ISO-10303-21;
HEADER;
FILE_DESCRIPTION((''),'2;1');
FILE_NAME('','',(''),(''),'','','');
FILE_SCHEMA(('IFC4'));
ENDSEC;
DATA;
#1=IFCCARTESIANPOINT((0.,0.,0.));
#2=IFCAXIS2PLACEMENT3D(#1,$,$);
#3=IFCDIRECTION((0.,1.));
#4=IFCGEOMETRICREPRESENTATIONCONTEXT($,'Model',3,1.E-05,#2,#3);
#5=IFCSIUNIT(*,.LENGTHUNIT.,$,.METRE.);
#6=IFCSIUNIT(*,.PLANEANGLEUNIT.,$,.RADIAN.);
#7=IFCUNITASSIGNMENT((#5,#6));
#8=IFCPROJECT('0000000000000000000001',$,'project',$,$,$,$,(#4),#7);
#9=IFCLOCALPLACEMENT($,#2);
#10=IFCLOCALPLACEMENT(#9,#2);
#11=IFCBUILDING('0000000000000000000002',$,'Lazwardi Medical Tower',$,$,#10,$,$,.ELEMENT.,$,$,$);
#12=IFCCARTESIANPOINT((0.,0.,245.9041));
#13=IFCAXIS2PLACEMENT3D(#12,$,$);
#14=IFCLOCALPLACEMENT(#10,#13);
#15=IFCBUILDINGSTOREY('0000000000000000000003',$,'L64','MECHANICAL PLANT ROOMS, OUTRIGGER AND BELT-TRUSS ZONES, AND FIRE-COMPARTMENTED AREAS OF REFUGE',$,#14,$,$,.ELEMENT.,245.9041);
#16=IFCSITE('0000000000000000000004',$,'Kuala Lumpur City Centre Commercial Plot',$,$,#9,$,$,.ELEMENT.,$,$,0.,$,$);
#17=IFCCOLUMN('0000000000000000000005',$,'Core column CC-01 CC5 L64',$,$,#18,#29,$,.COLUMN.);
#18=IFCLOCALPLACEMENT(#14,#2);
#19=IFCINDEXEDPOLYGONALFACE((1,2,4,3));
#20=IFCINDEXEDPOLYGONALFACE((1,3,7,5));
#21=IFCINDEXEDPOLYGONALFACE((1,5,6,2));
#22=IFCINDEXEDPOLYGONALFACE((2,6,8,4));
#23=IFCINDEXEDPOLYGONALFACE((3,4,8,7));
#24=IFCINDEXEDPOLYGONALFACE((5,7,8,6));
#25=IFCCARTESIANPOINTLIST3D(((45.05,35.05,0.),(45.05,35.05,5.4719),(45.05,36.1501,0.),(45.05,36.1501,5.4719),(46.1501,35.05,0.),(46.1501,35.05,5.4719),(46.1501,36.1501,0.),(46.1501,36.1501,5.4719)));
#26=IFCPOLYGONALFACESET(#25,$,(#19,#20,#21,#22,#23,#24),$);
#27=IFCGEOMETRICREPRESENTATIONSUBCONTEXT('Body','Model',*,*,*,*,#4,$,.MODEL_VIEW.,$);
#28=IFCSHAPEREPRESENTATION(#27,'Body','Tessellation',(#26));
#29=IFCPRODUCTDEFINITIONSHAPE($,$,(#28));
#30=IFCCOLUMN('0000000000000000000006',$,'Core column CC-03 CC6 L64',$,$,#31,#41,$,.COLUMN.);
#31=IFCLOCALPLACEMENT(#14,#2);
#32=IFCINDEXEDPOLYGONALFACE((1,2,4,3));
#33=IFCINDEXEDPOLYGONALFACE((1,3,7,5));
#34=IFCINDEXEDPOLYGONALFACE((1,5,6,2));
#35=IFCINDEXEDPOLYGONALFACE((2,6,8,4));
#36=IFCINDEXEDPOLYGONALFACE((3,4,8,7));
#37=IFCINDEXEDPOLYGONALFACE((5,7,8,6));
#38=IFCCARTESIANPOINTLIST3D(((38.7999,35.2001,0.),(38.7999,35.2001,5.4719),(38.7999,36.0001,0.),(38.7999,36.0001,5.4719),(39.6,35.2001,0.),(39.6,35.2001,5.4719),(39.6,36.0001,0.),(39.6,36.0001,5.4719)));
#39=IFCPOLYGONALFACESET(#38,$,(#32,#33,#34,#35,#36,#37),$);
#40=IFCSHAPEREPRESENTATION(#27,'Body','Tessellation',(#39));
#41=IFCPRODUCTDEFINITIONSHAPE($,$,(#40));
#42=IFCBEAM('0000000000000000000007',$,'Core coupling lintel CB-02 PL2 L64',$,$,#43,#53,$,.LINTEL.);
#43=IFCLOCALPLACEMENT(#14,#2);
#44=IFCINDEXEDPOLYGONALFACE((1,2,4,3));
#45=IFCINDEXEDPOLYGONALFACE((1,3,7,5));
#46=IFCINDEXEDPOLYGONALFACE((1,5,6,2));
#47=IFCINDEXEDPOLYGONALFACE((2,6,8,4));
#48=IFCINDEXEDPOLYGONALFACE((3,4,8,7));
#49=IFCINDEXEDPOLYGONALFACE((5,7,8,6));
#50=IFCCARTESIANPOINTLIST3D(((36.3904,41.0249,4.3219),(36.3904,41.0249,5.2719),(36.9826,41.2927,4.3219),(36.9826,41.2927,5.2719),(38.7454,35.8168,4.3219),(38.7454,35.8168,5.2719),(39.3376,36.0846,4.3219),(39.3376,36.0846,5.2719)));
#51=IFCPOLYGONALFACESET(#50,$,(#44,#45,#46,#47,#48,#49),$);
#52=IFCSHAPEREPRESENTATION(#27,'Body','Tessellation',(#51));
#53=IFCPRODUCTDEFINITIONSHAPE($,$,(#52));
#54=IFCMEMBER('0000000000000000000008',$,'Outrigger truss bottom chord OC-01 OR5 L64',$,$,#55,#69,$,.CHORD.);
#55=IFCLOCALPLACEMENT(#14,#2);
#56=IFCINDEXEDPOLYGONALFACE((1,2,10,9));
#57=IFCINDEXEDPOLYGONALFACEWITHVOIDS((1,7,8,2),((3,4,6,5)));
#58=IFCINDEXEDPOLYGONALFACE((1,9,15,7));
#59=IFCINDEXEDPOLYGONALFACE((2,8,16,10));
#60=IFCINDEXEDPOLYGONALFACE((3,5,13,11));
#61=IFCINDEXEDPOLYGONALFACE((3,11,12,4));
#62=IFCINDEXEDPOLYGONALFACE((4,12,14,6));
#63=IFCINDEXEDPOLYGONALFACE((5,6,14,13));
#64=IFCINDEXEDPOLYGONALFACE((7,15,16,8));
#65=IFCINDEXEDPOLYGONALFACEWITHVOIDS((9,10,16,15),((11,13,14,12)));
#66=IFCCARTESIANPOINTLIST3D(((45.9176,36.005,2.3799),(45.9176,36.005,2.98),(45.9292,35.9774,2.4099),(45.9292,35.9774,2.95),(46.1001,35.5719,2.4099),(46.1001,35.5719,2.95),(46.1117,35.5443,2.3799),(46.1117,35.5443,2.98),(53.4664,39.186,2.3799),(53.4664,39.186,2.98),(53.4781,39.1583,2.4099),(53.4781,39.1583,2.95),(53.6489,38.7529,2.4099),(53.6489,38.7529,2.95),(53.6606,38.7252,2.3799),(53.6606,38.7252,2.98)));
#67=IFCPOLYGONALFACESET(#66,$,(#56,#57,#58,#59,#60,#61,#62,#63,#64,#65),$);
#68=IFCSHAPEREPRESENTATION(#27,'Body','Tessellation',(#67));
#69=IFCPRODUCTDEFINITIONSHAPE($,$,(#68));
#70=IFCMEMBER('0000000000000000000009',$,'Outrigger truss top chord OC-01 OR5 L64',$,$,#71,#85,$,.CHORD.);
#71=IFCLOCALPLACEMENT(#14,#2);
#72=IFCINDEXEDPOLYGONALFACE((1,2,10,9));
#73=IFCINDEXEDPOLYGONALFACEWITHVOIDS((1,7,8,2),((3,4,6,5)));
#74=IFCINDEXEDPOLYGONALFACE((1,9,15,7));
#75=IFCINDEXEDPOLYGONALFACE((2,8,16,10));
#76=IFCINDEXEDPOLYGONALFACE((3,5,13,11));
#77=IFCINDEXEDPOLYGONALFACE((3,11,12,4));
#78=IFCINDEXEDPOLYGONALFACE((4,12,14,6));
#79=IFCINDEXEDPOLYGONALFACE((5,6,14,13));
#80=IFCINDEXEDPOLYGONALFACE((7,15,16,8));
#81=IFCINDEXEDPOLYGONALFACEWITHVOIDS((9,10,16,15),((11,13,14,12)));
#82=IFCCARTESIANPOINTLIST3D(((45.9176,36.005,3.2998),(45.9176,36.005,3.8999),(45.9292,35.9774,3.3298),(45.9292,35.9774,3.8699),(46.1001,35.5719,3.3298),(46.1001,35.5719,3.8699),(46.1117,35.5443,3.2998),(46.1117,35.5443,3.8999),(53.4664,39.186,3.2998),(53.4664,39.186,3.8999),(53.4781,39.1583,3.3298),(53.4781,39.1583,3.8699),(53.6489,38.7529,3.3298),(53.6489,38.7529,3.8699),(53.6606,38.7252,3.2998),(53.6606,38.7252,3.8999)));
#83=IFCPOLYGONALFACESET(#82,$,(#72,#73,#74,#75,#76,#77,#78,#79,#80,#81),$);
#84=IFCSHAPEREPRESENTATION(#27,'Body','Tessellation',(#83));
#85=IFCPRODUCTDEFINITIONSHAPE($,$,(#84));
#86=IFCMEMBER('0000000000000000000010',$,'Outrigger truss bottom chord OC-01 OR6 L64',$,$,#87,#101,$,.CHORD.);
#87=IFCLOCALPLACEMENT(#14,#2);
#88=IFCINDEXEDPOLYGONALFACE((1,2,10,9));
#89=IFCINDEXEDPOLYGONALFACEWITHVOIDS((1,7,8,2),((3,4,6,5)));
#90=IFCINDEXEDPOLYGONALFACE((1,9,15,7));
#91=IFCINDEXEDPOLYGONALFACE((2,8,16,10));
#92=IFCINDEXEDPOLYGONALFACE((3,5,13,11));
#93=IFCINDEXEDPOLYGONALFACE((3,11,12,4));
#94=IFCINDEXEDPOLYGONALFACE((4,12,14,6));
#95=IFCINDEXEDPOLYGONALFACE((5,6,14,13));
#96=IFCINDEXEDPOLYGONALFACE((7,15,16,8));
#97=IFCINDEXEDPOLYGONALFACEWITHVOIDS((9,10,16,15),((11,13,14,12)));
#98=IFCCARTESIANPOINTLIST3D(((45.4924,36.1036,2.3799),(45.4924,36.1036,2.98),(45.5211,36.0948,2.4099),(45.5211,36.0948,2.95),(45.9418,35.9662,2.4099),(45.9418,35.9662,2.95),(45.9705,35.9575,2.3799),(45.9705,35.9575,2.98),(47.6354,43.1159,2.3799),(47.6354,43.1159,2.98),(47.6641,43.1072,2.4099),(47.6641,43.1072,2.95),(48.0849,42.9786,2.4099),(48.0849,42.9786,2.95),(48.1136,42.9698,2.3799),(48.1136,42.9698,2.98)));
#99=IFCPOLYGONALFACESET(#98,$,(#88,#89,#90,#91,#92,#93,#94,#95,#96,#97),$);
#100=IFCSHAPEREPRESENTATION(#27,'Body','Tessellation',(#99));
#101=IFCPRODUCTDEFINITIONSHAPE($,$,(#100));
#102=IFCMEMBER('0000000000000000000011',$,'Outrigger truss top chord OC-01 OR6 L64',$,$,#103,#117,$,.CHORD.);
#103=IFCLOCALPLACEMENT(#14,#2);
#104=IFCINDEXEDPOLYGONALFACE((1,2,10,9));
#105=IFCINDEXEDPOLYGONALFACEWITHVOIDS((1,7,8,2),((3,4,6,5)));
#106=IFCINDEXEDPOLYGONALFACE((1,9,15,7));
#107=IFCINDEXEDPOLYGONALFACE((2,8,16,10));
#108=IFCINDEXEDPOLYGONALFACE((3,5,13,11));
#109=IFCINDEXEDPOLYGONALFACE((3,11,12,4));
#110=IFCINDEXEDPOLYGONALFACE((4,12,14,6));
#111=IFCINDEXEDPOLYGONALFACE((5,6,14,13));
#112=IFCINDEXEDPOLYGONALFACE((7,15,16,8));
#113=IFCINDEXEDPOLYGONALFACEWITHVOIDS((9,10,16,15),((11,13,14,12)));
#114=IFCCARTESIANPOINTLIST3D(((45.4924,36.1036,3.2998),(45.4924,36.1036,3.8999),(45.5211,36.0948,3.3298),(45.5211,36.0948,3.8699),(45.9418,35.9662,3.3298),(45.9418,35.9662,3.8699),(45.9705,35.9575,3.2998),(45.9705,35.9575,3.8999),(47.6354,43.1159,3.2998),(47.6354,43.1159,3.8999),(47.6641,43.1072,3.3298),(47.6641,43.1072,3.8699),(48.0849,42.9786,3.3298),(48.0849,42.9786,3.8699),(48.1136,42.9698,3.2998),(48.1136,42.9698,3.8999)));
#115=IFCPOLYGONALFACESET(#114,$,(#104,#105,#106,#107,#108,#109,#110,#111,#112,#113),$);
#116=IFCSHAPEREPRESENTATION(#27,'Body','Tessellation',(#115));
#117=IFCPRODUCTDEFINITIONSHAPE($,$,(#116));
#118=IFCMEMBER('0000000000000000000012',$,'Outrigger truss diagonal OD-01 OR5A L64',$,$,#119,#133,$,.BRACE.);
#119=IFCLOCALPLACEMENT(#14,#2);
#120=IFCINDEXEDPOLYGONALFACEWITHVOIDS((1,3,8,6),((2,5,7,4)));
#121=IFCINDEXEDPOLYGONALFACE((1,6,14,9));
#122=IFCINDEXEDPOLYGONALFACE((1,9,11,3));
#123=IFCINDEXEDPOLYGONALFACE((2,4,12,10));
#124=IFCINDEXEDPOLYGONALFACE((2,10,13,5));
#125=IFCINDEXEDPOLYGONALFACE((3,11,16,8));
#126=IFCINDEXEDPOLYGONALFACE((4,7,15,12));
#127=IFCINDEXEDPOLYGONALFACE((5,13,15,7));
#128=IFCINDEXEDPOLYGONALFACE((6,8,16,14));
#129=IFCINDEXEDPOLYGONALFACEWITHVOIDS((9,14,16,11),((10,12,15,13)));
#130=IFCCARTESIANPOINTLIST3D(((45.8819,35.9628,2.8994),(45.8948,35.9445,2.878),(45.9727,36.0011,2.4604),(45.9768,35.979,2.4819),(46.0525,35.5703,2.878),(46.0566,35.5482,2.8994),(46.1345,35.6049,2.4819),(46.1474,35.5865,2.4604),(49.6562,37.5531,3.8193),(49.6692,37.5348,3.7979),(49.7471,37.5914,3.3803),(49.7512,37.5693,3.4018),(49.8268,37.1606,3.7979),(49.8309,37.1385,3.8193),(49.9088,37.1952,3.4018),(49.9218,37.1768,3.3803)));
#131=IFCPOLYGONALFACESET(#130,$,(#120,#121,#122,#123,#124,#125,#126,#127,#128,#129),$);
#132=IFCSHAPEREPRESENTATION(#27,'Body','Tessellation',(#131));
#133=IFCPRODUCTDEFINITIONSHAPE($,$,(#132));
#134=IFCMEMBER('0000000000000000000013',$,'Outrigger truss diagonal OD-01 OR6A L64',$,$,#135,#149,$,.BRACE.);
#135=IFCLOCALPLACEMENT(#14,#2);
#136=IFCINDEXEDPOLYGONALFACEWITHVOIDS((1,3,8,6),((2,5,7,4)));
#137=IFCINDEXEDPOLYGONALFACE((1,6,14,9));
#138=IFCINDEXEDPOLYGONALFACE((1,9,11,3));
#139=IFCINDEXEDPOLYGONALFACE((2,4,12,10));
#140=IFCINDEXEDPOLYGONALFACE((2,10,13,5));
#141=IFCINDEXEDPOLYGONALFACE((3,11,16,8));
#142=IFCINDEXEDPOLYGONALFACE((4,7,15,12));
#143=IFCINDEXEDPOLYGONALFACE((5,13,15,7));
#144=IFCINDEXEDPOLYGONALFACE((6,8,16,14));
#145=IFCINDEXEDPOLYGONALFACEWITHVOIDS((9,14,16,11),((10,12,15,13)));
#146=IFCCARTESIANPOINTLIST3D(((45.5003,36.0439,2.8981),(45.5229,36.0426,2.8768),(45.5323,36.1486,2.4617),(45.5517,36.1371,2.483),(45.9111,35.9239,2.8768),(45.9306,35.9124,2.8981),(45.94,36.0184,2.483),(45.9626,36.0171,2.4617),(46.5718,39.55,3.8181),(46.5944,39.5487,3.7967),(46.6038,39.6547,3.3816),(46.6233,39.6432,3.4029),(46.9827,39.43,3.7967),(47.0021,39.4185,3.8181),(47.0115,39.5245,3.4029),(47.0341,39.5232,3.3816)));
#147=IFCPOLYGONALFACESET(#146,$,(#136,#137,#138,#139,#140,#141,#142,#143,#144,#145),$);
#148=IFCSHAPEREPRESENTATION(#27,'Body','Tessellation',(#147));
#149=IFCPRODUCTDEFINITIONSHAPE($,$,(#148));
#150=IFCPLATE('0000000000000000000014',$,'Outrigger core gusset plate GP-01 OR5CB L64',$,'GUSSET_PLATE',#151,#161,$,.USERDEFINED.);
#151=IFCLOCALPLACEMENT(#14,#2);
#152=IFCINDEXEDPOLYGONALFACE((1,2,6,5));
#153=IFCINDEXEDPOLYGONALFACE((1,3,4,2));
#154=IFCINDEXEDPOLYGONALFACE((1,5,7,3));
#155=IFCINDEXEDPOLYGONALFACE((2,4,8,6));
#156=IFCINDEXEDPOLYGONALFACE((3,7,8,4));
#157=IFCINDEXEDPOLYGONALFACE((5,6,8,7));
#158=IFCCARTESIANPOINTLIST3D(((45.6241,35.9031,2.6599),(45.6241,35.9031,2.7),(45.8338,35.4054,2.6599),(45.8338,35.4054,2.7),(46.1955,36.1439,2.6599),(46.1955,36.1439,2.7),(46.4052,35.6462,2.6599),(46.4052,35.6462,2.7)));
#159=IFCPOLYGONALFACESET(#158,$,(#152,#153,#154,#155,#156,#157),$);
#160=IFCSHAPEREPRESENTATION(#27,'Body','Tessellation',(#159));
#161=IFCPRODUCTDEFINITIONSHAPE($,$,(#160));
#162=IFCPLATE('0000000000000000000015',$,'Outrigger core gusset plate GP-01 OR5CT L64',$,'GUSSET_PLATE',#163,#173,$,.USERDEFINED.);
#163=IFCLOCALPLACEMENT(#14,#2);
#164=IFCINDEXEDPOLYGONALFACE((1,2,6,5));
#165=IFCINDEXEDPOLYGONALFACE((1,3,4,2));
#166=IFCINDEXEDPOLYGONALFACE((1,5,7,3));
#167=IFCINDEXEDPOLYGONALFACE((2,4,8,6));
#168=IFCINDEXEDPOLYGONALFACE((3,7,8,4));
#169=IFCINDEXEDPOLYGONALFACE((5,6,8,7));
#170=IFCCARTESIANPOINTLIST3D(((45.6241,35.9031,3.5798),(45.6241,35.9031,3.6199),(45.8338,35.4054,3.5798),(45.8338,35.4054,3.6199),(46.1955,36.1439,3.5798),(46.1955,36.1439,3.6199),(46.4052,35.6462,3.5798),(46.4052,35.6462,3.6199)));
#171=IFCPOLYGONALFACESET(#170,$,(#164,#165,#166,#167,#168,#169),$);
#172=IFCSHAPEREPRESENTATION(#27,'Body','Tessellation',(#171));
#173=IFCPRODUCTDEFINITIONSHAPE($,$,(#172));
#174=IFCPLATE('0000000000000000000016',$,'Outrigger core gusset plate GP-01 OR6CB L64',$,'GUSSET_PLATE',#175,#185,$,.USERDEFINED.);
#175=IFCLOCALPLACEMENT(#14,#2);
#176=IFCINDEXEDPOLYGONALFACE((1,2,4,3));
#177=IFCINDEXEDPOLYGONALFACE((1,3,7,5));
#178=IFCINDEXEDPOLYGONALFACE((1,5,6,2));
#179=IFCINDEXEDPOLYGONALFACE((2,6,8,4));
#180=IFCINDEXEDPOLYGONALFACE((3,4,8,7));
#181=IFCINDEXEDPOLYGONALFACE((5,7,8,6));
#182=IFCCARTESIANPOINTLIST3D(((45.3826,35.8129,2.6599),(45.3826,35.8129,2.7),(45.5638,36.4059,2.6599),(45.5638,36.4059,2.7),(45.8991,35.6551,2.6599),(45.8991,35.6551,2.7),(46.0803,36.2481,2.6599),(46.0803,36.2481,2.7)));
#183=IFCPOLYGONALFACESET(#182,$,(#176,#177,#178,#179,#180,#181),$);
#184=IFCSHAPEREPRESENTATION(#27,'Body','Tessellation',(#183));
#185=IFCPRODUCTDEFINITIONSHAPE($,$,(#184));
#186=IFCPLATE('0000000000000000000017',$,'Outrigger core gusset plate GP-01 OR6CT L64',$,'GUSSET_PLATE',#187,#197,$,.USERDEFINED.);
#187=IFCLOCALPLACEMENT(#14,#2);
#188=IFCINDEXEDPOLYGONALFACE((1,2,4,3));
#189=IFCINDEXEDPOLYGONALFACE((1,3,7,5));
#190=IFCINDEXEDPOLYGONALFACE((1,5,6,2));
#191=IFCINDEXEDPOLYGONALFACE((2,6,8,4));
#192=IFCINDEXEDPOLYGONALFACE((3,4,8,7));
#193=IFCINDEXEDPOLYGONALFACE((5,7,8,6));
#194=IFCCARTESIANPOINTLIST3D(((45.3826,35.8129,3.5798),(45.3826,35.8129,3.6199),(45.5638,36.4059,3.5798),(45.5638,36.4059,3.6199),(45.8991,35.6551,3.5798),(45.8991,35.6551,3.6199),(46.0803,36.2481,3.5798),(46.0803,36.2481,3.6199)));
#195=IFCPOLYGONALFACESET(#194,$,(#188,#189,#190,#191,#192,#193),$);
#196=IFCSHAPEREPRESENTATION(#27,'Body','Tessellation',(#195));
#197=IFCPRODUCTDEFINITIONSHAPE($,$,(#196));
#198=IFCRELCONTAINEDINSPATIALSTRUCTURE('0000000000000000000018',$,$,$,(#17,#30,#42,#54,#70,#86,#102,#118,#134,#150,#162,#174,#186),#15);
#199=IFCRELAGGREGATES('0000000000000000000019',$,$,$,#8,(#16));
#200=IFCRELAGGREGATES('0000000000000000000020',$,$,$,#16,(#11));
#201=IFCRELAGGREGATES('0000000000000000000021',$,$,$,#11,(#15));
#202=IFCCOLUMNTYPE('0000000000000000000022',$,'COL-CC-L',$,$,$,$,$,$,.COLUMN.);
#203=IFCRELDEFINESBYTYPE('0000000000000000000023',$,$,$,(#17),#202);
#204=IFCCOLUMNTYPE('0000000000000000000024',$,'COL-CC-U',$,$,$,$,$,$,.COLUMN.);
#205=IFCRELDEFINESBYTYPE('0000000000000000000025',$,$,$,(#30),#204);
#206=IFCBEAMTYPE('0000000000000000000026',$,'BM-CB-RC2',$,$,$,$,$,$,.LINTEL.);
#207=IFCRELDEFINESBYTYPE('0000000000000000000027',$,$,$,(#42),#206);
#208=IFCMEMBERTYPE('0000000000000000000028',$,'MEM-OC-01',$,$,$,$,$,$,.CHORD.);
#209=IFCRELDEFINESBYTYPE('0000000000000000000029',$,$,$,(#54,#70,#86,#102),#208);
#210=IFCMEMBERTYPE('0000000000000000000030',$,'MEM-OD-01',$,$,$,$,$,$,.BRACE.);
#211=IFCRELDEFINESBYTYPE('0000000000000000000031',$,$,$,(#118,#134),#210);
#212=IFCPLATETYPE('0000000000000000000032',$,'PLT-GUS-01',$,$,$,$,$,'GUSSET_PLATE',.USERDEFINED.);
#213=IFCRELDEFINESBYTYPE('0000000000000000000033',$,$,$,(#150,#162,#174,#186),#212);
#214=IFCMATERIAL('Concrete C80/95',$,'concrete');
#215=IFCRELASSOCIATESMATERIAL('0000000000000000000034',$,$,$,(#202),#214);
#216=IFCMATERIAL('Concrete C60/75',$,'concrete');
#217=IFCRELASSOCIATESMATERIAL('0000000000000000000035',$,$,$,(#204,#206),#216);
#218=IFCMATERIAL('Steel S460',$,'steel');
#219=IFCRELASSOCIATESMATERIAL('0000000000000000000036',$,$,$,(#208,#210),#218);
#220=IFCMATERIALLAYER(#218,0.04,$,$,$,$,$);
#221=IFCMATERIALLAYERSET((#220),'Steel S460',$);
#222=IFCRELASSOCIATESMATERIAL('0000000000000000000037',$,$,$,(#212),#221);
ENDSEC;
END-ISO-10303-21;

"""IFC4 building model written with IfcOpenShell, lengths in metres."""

from ifc_helpers import new_model, si_unit, direction, frame, origin, origin_2d, place, context, subcontext, project, spatial, rectangle, hollow_rectangle, extrude, material, layer, layer_set, material_profile, profile_set, type_object, element, save


model = new_model("IFC4")

# Units and contexts
model_context = context("Model", 3, precision=1e-05, world=origin(), true_north=direction((0.0, 1.0)))
body_context = subcontext(model_context, "Body", "Model", "MODEL_VIEW")
ifc_project = project(units=[si_unit("LENGTHUNIT", "METRE"), si_unit("PLANEANGLEUNIT", "RADIAN")], contexts=[model_context])

# Site, building, storey
site_placement = place(None, origin())
site = spatial("IfcSite", under=ifc_project, at=site_placement, Name="Kuala Lumpur City Centre Commercial Plot", CompositionType="ELEMENT", RefElevation=0.0)
building_placement = place(site_placement, origin())
building = spatial("IfcBuilding", under=site, at=building_placement, Name="Lazwardi Medical Tower", CompositionType="ELEMENT")
storey_placement = place(building_placement, frame((0.0, 0.0, 245.9041)))
storey = spatial("IfcBuildingStorey", under=building, at=storey_placement, Name="L64", Description="MECHANICAL PLANT ROOMS, OUTRIGGER AND BELT-TRUSS ZONES, AND FIRE-COMPARTMENTED AREAS OF REFUGE", CompositionType="ELEMENT", Elevation=245.9041)

# Columns
ifc_material_1 = material(Name="Concrete C80/95", Category="concrete")
ifc_material_profile_1 = material_profile(ifc_material_1, rectangle(XDim=1.1001, YDim=1.1001, at=origin_2d()), Name="RC 1100x1100")
ifc_profile_set_1 = profile_set([ifc_material_profile_1], Name="Concrete C80/95")
column_type_1 = type_object("IfcColumnType", Name="COL-CC-L", PredefinedType="COLUMN", material=ifc_profile_set_1)
column_1_placement = place(storey_placement, frame((45.6001, 35.6001, 0.0), z_axis=(0.0, 0.0, 1.0), x_axis=(1.0, 0.0, 0.0)))
element("IfcColumn", 1, at=column_1_placement, inside=storey, type_object=column_type_1, Name="Core column CC-01 CC5 L64", PredefinedType="COLUMN", context=body_context, shape_type="SweptSolid", body=[
    extrude(rectangle(XDim=1.1001, YDim=1.1001, at=origin_2d()), origin(), (0.0, 0.0, 1.0), 5.4719),
])
ifc_material_2 = material(Name="Concrete C60/75", Category="concrete")
ifc_material_profile_2 = material_profile(ifc_material_2, rectangle(XDim=0.8, YDim=0.8, at=origin_2d()), Name="RC 800x800")
ifc_profile_set_2 = profile_set([ifc_material_profile_2], Name="Concrete C60/75")
column_type_2 = type_object("IfcColumnType", Name="COL-CC-U", PredefinedType="COLUMN", material=ifc_profile_set_2)
column_2_placement = place(storey_placement, frame((39.2, 35.6001, 0.0), z_axis=(0.0, 0.0, 1.0), x_axis=(1.0, 0.0, 0.0)))
element("IfcColumn", 2, at=column_2_placement, inside=storey, type_object=column_type_2, Name="Core column CC-03 CC6 L64", PredefinedType="COLUMN", context=body_context, shape_type="SweptSolid", body=[
    extrude(rectangle(XDim=0.8, YDim=0.8, at=origin_2d()), origin(), (0.0, 0.0, 1.0), 5.4719),
])

# Beam
ifc_material_profile_3 = material_profile(ifc_material_2, rectangle(XDim=0.6499, YDim=0.95, at=origin_2d()), Name="RC 650x950")
ifc_profile_set_3 = profile_set([ifc_material_profile_3], Name="Concrete C60/75")
beam_type = type_object("IfcBeamType", Name="BM-CB-RC2", PredefinedType="LINTEL", material=ifc_profile_set_3)
beam_placement = place(storey_placement, frame((39.0415, 35.9507, 4.7969), z_axis=(-0.412019, 0.911175, 0.0), x_axis=(-0.911175, -0.412019, 0.0)))
element("IfcBeam", 3, at=beam_placement, inside=storey, type_object=beam_type, Name="Core coupling lintel CB-02 PL2 L64", PredefinedType="LINTEL", context=body_context, shape_type="SweptSolid", body=[
    extrude(rectangle(XDim=0.6499, YDim=0.95, at=origin_2d()), origin(), (0.0, 0.0, 1.0), 5.7158),
])

# Members
ifc_material_3 = material(Name="Steel S460", Category="steel")
ifc_material_profile_4 = material_profile(ifc_material_3, hollow_rectangle(XDim=0.5, YDim=0.6001, WallThickness=0.03, at=origin_2d()), Name="RHS 600x500x30")
ifc_profile_set_4 = profile_set([ifc_material_profile_4], Name="Steel S460")
member_type_1 = type_object("IfcMemberType", Name="MEM-OC-01", PredefinedType="CHORD", material=ifc_profile_set_4)
for number, where, z_axis, x_axis, name in (
    (4, (46.0146, 35.7747, 2.6799), (0.921528, 0.388311, 0.0), (-0.388311, 0.921528, 0.0), "Outrigger truss bottom chord OC-01 OR5 L64"),
    (5, (46.0146, 35.7747, 3.5999), (0.921528, 0.388311, 0.0), (-0.388311, 0.921528, 0.0), "Outrigger truss top chord OC-01 OR5 L64"),
):
    element("IfcMember", number, at=place(storey_placement, frame(where, z_axis=z_axis, x_axis=x_axis)), inside=storey, type_object=member_type_1, Name=name, PredefinedType="CHORD", context=body_context, shape_type="SweptSolid", body=[
        extrude(hollow_rectangle(XDim=0.5, YDim=0.6001, WallThickness=0.03, at=origin_2d()), origin(), (0.0, 0.0, 1.0), 8.1917),
    ])
for number, where, z_axis, x_axis, name in (
    (6, (45.7314, 36.0305, 2.6799), (0.292265, 0.956337, 0.0), (-0.956337, 0.292265, 0.0), "Outrigger truss bottom chord OC-01 OR6 L64"),
    (7, (45.7314, 36.0305, 3.5999), (0.292265, 0.956337, 0.0), (-0.956337, 0.292265, 0.0), "Outrigger truss top chord OC-01 OR6 L64"),
):
    element("IfcMember", number, at=place(storey_placement, frame(where, z_axis=z_axis, x_axis=x_axis)), inside=storey, type_object=member_type_1, Name=name, PredefinedType="CHORD", context=body_context, shape_type="SweptSolid", body=[
        extrude(hollow_rectangle(XDim=0.5, YDim=0.6001, WallThickness=0.03, at=origin_2d()), origin(), (0.0, 0.0, 1.0), 7.3325),
    ])
ifc_material_profile_5 = material_profile(ifc_material_3, hollow_rectangle(XDim=0.45, YDim=0.45, WallThickness=0.022, at=origin_2d()), Name="RHS 450x450x22")
ifc_profile_set_5 = profile_set([ifc_material_profile_5], Name="Steel S460")
member_type_2 = type_object("IfcMemberType", Name="MEM-OD-01", PredefinedType="BRACE", material=ifc_profile_set_5)
member_1_placement = place(storey_placement, frame((46.0146, 35.7747, 2.6799), z_axis=(0.899139, 0.378848, 0.219143), x_axis=(-0.388286, 0.921539, 0.0)))
element("IfcMember", 8, at=member_1_placement, inside=storey, type_object=member_type_2, Name="Outrigger truss diagonal OD-01 OR5A L64", PredefinedType="BRACE", context=body_context, shape_type="SweptSolid", body=[
    extrude(hollow_rectangle(XDim=0.45, YDim=0.45, WallThickness=0.022, at=origin_2d()), origin(), (0.0, 0.0, 1.0), 4.1978),
])
member_2_placement = place(storey_placement, frame((45.7314, 36.0305, 2.6799), z_axis=(0.283486, 0.92758, 0.243376), x_axis=(-0.956335, 0.292274, 0.0)))
element("IfcMember", 9, at=member_2_placement, inside=storey, type_object=member_type_2, Name="Outrigger truss diagonal OD-01 OR6A L64", PredefinedType="BRACE", context=body_context, shape_type="SweptSolid", body=[
    extrude(hollow_rectangle(XDim=0.45, YDim=0.45, WallThickness=0.022, at=origin_2d()), origin(), (0.0, 0.0, 1.0), 3.7798),
])

# Plates
ifc_layer_1 = layer(ifc_material_3, 0.04)
ifc_layer_set_1 = layer_set([ifc_layer_1], Name="Steel S460")
plate_type = type_object("IfcPlateType", Name="PLT-GUS-01", ElementType="GUSSET_PLATE", PredefinedType="USERDEFINED", material=ifc_layer_set_1)
for number, where, z_axis, x_axis, name in (
    (10, (46.0146, 35.7747, 2.6599), (0.0, 0.0, 1.0), (0.921525, 0.38832, 0.0), "Outrigger core gusset plate GP-01 OR5CB L64"),
    (11, (46.0146, 35.7747, 3.5798), (0.0, 0.0, 1.0), (0.921525, 0.38832, 0.0), "Outrigger core gusset plate GP-01 OR5CT L64"),
    (12, (45.7314, 36.0305, 2.6599), (0.0, 0.0, 1.0), (0.292205, 0.956356, 0.0), "Outrigger core gusset plate GP-01 OR6CB L64"),
    (13, (45.7314, 36.0305, 3.5798), (0.0, 0.0, 1.0), (0.292205, 0.956356, 0.0), "Outrigger core gusset plate GP-01 OR6CT L64"),
):
    element("IfcPlate", number, at=place(storey_placement, frame(where, z_axis=z_axis, x_axis=x_axis)), inside=storey, type_object=plate_type, Name=name, ObjectType="GUSSET_PLATE", PredefinedType="USERDEFINED", context=body_context, shape_type="SweptSolid", body=[
        extrude(rectangle(XDim=0.6201, YDim=0.54, at=origin_2d()), origin(), (0.0, 0.0, 1.0), 0.04),
    ])

save(model, "model.ifc")
